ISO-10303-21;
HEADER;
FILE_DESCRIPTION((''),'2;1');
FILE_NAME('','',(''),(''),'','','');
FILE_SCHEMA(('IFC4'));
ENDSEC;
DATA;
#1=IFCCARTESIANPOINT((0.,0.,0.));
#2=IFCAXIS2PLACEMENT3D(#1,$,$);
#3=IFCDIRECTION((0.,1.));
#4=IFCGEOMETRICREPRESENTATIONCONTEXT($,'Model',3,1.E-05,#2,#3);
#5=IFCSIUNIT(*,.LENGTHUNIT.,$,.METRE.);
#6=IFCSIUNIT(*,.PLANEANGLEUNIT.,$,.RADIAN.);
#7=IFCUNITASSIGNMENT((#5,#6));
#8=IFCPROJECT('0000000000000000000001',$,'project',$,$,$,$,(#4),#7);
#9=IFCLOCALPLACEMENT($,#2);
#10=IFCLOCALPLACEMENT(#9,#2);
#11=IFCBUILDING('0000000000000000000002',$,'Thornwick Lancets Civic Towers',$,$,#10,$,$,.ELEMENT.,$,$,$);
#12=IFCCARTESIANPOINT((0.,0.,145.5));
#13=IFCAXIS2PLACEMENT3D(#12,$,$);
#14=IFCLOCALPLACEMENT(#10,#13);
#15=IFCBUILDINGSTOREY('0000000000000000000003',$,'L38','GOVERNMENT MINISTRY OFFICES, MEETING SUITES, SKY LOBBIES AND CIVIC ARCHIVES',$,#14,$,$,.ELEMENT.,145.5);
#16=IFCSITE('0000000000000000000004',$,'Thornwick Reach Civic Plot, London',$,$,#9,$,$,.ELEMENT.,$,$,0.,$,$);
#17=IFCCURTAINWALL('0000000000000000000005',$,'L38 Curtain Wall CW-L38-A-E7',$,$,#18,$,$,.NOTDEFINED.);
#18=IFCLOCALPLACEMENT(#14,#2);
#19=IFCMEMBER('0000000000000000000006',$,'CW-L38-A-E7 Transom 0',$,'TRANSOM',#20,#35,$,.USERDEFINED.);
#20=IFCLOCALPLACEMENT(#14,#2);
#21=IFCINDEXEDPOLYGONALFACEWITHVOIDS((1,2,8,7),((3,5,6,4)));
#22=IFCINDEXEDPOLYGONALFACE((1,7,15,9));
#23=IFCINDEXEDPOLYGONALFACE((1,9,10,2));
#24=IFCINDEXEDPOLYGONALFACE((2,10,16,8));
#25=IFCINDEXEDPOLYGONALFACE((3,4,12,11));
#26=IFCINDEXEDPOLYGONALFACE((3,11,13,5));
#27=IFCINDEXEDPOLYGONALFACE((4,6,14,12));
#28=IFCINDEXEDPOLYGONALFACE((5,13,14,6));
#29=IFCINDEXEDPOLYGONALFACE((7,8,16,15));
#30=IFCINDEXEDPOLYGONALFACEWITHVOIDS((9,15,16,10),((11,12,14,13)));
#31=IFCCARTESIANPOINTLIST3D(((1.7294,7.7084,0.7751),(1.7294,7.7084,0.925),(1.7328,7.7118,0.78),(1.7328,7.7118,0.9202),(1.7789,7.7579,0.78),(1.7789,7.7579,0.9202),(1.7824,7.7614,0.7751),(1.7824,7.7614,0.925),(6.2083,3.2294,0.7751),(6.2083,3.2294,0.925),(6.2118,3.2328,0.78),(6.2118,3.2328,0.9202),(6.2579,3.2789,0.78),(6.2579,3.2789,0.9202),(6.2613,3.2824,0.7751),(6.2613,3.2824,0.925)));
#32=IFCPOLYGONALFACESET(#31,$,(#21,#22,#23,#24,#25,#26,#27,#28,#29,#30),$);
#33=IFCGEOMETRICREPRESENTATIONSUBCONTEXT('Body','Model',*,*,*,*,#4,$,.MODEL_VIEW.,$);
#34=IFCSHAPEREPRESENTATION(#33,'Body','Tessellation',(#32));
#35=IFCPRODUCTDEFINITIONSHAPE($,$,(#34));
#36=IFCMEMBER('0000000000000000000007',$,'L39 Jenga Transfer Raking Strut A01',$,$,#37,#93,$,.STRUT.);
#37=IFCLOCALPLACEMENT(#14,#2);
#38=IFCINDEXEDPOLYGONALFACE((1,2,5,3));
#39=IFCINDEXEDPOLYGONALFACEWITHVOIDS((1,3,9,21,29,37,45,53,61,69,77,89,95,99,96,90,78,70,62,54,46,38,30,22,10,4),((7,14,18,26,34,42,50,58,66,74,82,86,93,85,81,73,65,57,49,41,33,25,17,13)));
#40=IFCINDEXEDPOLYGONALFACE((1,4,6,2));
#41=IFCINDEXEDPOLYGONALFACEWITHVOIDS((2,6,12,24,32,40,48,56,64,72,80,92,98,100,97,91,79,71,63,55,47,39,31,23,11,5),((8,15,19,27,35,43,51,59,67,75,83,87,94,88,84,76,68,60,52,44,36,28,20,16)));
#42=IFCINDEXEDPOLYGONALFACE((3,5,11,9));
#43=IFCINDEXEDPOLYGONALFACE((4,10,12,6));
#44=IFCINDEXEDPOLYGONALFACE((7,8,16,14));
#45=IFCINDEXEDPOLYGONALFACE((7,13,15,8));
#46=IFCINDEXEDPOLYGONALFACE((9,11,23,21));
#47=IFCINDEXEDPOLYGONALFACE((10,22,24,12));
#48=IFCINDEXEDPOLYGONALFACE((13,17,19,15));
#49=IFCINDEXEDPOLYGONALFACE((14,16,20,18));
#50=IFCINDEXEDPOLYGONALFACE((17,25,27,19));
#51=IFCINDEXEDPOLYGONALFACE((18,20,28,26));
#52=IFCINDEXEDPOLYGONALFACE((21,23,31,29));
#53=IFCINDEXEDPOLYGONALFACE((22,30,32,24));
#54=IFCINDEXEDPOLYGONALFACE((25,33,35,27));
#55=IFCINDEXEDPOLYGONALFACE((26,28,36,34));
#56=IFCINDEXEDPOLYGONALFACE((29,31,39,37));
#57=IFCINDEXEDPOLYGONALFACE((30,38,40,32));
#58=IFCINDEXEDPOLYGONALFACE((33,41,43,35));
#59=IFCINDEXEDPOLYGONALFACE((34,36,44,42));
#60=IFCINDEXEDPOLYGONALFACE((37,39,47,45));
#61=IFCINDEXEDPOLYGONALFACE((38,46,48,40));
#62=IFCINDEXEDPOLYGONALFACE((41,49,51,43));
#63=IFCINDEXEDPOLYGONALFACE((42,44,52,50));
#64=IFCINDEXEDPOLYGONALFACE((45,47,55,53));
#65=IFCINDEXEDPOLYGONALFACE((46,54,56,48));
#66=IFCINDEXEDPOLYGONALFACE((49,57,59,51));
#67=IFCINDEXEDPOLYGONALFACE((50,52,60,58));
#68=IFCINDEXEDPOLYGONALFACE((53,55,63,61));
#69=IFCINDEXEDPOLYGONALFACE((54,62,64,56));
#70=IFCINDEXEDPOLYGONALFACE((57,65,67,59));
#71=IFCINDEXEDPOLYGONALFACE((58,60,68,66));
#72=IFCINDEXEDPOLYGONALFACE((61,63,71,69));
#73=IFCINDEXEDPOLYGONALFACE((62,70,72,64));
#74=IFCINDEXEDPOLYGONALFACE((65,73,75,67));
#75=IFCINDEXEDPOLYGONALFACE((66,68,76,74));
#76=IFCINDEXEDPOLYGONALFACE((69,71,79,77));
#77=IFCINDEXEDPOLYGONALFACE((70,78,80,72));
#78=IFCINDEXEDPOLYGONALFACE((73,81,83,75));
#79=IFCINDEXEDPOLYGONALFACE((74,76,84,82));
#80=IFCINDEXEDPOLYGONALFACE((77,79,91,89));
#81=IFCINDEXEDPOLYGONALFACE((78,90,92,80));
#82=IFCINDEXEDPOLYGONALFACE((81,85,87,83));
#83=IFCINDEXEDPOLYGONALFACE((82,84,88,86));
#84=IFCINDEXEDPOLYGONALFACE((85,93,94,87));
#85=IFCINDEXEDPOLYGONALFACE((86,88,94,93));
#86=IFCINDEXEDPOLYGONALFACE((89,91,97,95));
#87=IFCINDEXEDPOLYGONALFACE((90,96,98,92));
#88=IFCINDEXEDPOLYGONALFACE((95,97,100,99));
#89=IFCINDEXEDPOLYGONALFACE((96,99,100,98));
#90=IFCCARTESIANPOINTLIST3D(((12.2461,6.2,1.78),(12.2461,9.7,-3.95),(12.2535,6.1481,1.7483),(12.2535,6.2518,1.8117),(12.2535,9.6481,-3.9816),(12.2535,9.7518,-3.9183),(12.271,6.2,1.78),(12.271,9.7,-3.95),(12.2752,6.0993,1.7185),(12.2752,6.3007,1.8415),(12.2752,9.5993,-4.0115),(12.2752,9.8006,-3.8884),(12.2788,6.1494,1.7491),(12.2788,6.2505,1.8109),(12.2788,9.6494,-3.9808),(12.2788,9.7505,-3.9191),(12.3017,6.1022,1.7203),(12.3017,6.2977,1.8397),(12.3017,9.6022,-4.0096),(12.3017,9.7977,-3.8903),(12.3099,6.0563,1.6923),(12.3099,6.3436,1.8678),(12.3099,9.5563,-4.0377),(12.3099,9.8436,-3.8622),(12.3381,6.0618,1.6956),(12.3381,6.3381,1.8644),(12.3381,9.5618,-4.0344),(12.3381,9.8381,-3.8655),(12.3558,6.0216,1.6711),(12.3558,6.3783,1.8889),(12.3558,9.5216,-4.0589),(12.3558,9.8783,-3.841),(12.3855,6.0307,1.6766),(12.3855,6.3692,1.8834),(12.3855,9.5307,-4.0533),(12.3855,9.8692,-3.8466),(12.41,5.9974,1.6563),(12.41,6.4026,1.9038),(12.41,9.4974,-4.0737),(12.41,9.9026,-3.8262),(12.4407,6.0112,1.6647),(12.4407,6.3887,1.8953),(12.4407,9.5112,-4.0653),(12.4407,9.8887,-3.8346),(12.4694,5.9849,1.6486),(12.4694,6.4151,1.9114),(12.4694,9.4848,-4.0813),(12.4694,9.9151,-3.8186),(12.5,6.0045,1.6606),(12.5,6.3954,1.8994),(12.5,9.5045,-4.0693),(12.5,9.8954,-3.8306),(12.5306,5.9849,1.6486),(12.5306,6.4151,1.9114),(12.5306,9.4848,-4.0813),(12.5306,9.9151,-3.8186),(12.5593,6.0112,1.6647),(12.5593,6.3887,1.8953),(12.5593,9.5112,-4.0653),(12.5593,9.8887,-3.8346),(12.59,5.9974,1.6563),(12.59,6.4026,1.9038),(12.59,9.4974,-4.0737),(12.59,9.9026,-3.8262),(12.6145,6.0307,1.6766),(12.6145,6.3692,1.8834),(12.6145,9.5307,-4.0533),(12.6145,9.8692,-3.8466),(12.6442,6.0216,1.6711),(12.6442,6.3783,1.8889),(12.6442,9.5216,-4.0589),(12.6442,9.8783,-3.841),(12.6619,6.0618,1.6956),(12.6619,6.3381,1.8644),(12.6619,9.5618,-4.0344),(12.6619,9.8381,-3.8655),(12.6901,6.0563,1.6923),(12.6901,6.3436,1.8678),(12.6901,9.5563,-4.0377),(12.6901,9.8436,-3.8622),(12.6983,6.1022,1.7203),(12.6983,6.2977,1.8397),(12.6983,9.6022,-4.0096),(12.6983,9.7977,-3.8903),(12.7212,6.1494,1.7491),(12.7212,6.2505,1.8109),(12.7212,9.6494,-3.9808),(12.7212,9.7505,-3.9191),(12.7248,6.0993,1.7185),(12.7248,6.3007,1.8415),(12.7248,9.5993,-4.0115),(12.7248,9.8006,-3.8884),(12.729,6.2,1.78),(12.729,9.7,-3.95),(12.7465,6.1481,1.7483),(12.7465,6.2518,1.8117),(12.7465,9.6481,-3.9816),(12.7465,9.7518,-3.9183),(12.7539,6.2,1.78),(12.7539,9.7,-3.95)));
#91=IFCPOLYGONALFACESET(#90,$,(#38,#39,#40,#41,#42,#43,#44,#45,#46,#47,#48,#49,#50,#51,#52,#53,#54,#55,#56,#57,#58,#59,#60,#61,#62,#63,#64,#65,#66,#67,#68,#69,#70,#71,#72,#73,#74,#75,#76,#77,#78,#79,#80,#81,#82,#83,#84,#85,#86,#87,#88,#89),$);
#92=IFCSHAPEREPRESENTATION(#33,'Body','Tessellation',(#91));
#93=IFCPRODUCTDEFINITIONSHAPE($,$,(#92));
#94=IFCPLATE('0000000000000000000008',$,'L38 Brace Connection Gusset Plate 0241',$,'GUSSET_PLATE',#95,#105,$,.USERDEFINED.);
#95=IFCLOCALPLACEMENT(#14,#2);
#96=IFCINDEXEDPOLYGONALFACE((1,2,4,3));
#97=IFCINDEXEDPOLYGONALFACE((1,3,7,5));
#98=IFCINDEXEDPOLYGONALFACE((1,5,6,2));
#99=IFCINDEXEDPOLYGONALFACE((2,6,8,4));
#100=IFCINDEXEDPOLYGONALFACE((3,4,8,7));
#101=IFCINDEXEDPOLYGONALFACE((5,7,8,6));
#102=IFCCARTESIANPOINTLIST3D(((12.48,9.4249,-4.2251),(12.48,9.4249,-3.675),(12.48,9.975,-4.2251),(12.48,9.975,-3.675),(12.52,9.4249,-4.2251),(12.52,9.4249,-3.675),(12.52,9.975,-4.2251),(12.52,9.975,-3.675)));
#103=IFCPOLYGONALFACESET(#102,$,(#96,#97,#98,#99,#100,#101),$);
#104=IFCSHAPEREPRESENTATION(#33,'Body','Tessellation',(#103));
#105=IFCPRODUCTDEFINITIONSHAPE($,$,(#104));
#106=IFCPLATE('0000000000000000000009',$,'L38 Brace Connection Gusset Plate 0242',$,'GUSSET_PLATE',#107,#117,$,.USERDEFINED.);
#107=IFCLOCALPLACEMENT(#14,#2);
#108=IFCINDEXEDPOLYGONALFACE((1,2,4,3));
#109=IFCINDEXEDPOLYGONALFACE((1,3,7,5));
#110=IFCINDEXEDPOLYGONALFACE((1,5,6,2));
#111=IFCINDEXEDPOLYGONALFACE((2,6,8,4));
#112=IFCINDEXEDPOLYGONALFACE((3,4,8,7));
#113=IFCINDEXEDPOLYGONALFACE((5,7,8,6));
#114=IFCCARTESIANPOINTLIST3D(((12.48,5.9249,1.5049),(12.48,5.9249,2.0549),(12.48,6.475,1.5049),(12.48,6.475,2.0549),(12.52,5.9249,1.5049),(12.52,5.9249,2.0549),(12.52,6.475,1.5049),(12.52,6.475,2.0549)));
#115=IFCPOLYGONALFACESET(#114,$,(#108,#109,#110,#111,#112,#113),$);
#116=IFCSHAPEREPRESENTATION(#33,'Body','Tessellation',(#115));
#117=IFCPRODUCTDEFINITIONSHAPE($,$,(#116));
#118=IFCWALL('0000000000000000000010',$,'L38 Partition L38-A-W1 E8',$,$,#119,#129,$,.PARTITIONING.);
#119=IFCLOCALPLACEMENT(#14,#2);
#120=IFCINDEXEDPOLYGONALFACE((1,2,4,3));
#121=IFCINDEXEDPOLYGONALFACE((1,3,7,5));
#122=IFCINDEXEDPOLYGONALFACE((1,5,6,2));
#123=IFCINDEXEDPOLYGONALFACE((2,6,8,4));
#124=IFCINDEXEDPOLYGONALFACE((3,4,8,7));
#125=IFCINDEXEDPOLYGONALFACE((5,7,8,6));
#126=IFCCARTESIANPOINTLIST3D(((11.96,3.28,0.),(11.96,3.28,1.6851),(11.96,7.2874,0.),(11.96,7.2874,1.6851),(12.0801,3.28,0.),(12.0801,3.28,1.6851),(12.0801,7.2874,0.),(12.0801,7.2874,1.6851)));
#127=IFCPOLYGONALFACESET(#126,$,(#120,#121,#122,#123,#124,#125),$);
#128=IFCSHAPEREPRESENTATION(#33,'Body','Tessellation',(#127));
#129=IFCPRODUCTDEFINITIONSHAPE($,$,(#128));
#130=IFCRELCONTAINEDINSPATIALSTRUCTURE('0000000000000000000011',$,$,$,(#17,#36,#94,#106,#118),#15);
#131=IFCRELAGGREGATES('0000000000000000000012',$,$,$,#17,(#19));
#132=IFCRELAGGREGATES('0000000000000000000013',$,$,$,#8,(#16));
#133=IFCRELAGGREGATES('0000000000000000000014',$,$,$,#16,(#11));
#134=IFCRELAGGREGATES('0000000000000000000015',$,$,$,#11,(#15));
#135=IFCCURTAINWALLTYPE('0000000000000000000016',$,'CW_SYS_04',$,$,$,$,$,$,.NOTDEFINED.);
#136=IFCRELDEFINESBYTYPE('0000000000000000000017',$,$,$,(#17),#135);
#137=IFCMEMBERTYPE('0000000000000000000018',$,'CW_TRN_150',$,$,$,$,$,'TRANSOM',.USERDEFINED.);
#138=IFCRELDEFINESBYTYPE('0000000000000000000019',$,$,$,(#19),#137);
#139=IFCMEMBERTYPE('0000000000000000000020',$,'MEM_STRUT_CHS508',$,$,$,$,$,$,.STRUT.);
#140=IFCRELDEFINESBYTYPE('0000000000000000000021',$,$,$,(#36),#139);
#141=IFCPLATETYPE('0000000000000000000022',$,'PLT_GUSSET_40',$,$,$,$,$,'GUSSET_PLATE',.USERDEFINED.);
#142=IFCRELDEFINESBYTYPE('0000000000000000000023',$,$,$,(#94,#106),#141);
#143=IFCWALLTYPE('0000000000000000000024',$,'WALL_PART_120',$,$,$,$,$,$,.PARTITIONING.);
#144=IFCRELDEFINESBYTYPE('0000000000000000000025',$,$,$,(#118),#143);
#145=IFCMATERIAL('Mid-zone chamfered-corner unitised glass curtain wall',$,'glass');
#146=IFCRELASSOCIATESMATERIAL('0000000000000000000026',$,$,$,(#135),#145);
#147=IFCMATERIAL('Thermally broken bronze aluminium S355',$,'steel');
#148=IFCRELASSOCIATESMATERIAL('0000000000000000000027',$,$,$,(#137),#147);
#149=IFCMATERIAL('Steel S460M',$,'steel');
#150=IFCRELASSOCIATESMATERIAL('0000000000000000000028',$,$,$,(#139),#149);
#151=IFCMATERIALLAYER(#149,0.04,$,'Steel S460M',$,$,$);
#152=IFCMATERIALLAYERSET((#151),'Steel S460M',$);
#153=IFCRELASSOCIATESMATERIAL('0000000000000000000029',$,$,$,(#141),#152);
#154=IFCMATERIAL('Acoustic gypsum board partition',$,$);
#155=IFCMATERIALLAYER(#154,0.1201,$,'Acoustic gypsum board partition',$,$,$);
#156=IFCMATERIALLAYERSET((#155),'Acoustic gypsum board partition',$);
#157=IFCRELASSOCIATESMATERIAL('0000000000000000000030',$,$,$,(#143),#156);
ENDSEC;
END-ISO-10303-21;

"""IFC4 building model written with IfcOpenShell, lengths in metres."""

from ifc_helpers import new_model, si_unit, direction, frame, frame_2d, origin, origin_2d, place, context, subcontext, project, spatial, rectangle, hollow_rectangle, hollow_circle, extrude, material, layer, layer_set, material_profile, profile_set, type_object, element, aggregate, save


model = new_model("IFC4")

# Units and contexts
model_context = context("Model", 3, precision=1e-05, world=origin(), true_north=direction((0.0, 1.0)))
body_context = subcontext(model_context, "Body", "Model", "MODEL_VIEW")
ifc_project = project(units=[si_unit("LENGTHUNIT", "METRE"), si_unit("PLANEANGLEUNIT", "RADIAN")], contexts=[model_context])

# Site, building, storey
site_placement = place(None, origin())
site = spatial("IfcSite", under=ifc_project, at=site_placement, Name="Thornwick Reach Civic Plot, London", CompositionType="ELEMENT", RefElevation=0.0)
building_placement = place(site_placement, origin())
building = spatial("IfcBuilding", under=site, at=building_placement, Name="Thornwick Lancets Civic Towers", CompositionType="ELEMENT")
storey_placement = place(building_placement, frame((0.0, 0.0, 145.5)))
storey = spatial("IfcBuildingStorey", under=building, at=storey_placement, Name="L38", Description="GOVERNMENT MINISTRY OFFICES, MEETING SUITES, SKY LOBBIES AND CIVIC ARCHIVES", CompositionType="ELEMENT", Elevation=145.5)

# Shared definitions
ifc_material_1 = material(Name="Steel S460M", Category="steel")

# Curtain wall, member
ifc_material_2 = material(Name="Mid-zone chamfered-corner unitised glass curtain wall", Category="glass")
curtain_wall_type = type_object("IfcCurtainWallType", Name="CW_SYS_04", PredefinedType="NOTDEFINED", material=ifc_material_2)
curtain_wall_placement = place(storey_placement, origin())
curtain_wall = element("IfcCurtainWall", 1, at=curtain_wall_placement, inside=storey, type_object=curtain_wall_type, Name="L38 Curtain Wall CW-L38-A-E7", PredefinedType="NOTDEFINED")
ifc_material_3 = material(Name="Thermally broken bronze aluminium S355", Category="steel")
ifc_material_profile_1 = material_profile(ifc_material_3, hollow_rectangle(XDim=0.075, YDim=0.1499, WallThickness=0.0049, at=origin_2d()), Name="RHS 150x75x5")
ifc_profile_set_1 = profile_set([ifc_material_profile_1], Name="Thermally broken bronze aluminium S355")
member_type_1 = type_object("IfcMemberType", Name="CW_TRN_150", ElementType="TRANSOM", PredefinedType="USERDEFINED", material=ifc_profile_set_1)
member_1_placement = place(storey_placement, frame((1.7559, 7.7349, 0.8501), z_axis=(0.707107, -0.707107, 0.0), x_axis=(0.707107, 0.707107, 0.0)))
member_1 = element("IfcMember", 2, at=member_1_placement, type_object=member_type_1, Name="CW-L38-A-E7 Transom 0", ObjectType="TRANSOM", PredefinedType="USERDEFINED", context=body_context, shape_type="SweptSolid", body=[
    extrude(hollow_rectangle(XDim=0.075, YDim=0.1499, WallThickness=0.0049, at=origin_2d()), origin(), (0.0, 0.0, 1.0), 6.3342),
])
aggregate(curtain_wall, [member_1])

# Member
ifc_material_profile_2 = material_profile(ifc_material_1, hollow_circle(Radius=0.2539, WallThickness=0.0249, at=origin_2d()), Name="CHS 508x25")
ifc_profile_set_2 = profile_set([ifc_material_profile_2], Name="Steel S460M")
member_type_2 = type_object("IfcMemberType", Name="MEM_STRUT_CHS508", PredefinedType="STRUT", material=ifc_profile_set_2)
member_2_placement = place(storey_placement, frame((12.5, 9.7, -3.95), z_axis=(0.0, -0.521271, 0.853391), x_axis=(1.0, 0.0, 0.0)))
element("IfcMember", 3, at=member_2_placement, inside=storey, type_object=member_type_2, Name="L39 Jenga Transfer Raking Strut A01", PredefinedType="STRUT", context=body_context, shape_type="SweptSolid", body=[
    extrude(hollow_circle(Radius=0.2539, WallThickness=0.0249, at=origin_2d()), origin(), (0.0, 0.0, 1.0), 6.7144),
])

# Plates
ifc_layer_1 = layer(ifc_material_1, 0.04, Name="Steel S460M")
ifc_layer_set_1 = layer_set([ifc_layer_1], Name="Steel S460M")
plate_type = type_object("IfcPlateType", Name="PLT_GUSSET_40", ElementType="GUSSET_PLATE", PredefinedType="USERDEFINED", material=ifc_layer_set_1)
for number, where, z_axis, x_axis, name in (
    (4, (12.5, 9.7, -4.2251), (0.0, 0.0, 1.0), (0.0, -1.0, 0.0), "L38 Brace Connection Gusset Plate 0241"),
    (5, (12.5, 6.2, 1.5049), (0.0, 0.0, 1.0), (0.0, -1.0, 0.0), "L38 Brace Connection Gusset Plate 0242"),
):
    element("IfcPlate", number, at=place(storey_placement, frame(where, z_axis=z_axis, x_axis=x_axis)), inside=storey, type_object=plate_type, Name=name, ObjectType="GUSSET_PLATE", PredefinedType="USERDEFINED", context=body_context, shape_type="SweptSolid", body=[
        extrude(rectangle(XDim=0.55, YDim=0.04, at=origin_2d()), origin(), (0.0, 0.0, 1.0), 0.55),
    ])

# Wall
ifc_material_4 = material(Name="Acoustic gypsum board partition")
ifc_layer_2 = layer(ifc_material_4, 0.1201, Name="Acoustic gypsum board partition")
ifc_layer_set_2 = layer_set([ifc_layer_2], Name="Acoustic gypsum board partition")
wall_type = type_object("IfcWallType", Name="WALL_PART_120", PredefinedType="PARTITIONING", material=ifc_layer_set_2)
wall_placement = place(storey_placement, frame((12.02, 7.2874, 0.0), z_axis=(0.0, 0.0, 1.0), x_axis=(0.0, -1.0, 0.0)))
element("IfcWall", 6, at=wall_placement, inside=storey, type_object=wall_type, Name="L38 Partition L38-A-W1 E8", PredefinedType="PARTITIONING", context=body_context, shape_type="SweptSolid", body=[
    extrude(rectangle(XDim=4.0073, YDim=0.1201, at=frame_2d((2.0037, 0.0))), origin(), (0.0, 0.0, 1.0), 1.6851),
])

save(model, "model.ifc")
